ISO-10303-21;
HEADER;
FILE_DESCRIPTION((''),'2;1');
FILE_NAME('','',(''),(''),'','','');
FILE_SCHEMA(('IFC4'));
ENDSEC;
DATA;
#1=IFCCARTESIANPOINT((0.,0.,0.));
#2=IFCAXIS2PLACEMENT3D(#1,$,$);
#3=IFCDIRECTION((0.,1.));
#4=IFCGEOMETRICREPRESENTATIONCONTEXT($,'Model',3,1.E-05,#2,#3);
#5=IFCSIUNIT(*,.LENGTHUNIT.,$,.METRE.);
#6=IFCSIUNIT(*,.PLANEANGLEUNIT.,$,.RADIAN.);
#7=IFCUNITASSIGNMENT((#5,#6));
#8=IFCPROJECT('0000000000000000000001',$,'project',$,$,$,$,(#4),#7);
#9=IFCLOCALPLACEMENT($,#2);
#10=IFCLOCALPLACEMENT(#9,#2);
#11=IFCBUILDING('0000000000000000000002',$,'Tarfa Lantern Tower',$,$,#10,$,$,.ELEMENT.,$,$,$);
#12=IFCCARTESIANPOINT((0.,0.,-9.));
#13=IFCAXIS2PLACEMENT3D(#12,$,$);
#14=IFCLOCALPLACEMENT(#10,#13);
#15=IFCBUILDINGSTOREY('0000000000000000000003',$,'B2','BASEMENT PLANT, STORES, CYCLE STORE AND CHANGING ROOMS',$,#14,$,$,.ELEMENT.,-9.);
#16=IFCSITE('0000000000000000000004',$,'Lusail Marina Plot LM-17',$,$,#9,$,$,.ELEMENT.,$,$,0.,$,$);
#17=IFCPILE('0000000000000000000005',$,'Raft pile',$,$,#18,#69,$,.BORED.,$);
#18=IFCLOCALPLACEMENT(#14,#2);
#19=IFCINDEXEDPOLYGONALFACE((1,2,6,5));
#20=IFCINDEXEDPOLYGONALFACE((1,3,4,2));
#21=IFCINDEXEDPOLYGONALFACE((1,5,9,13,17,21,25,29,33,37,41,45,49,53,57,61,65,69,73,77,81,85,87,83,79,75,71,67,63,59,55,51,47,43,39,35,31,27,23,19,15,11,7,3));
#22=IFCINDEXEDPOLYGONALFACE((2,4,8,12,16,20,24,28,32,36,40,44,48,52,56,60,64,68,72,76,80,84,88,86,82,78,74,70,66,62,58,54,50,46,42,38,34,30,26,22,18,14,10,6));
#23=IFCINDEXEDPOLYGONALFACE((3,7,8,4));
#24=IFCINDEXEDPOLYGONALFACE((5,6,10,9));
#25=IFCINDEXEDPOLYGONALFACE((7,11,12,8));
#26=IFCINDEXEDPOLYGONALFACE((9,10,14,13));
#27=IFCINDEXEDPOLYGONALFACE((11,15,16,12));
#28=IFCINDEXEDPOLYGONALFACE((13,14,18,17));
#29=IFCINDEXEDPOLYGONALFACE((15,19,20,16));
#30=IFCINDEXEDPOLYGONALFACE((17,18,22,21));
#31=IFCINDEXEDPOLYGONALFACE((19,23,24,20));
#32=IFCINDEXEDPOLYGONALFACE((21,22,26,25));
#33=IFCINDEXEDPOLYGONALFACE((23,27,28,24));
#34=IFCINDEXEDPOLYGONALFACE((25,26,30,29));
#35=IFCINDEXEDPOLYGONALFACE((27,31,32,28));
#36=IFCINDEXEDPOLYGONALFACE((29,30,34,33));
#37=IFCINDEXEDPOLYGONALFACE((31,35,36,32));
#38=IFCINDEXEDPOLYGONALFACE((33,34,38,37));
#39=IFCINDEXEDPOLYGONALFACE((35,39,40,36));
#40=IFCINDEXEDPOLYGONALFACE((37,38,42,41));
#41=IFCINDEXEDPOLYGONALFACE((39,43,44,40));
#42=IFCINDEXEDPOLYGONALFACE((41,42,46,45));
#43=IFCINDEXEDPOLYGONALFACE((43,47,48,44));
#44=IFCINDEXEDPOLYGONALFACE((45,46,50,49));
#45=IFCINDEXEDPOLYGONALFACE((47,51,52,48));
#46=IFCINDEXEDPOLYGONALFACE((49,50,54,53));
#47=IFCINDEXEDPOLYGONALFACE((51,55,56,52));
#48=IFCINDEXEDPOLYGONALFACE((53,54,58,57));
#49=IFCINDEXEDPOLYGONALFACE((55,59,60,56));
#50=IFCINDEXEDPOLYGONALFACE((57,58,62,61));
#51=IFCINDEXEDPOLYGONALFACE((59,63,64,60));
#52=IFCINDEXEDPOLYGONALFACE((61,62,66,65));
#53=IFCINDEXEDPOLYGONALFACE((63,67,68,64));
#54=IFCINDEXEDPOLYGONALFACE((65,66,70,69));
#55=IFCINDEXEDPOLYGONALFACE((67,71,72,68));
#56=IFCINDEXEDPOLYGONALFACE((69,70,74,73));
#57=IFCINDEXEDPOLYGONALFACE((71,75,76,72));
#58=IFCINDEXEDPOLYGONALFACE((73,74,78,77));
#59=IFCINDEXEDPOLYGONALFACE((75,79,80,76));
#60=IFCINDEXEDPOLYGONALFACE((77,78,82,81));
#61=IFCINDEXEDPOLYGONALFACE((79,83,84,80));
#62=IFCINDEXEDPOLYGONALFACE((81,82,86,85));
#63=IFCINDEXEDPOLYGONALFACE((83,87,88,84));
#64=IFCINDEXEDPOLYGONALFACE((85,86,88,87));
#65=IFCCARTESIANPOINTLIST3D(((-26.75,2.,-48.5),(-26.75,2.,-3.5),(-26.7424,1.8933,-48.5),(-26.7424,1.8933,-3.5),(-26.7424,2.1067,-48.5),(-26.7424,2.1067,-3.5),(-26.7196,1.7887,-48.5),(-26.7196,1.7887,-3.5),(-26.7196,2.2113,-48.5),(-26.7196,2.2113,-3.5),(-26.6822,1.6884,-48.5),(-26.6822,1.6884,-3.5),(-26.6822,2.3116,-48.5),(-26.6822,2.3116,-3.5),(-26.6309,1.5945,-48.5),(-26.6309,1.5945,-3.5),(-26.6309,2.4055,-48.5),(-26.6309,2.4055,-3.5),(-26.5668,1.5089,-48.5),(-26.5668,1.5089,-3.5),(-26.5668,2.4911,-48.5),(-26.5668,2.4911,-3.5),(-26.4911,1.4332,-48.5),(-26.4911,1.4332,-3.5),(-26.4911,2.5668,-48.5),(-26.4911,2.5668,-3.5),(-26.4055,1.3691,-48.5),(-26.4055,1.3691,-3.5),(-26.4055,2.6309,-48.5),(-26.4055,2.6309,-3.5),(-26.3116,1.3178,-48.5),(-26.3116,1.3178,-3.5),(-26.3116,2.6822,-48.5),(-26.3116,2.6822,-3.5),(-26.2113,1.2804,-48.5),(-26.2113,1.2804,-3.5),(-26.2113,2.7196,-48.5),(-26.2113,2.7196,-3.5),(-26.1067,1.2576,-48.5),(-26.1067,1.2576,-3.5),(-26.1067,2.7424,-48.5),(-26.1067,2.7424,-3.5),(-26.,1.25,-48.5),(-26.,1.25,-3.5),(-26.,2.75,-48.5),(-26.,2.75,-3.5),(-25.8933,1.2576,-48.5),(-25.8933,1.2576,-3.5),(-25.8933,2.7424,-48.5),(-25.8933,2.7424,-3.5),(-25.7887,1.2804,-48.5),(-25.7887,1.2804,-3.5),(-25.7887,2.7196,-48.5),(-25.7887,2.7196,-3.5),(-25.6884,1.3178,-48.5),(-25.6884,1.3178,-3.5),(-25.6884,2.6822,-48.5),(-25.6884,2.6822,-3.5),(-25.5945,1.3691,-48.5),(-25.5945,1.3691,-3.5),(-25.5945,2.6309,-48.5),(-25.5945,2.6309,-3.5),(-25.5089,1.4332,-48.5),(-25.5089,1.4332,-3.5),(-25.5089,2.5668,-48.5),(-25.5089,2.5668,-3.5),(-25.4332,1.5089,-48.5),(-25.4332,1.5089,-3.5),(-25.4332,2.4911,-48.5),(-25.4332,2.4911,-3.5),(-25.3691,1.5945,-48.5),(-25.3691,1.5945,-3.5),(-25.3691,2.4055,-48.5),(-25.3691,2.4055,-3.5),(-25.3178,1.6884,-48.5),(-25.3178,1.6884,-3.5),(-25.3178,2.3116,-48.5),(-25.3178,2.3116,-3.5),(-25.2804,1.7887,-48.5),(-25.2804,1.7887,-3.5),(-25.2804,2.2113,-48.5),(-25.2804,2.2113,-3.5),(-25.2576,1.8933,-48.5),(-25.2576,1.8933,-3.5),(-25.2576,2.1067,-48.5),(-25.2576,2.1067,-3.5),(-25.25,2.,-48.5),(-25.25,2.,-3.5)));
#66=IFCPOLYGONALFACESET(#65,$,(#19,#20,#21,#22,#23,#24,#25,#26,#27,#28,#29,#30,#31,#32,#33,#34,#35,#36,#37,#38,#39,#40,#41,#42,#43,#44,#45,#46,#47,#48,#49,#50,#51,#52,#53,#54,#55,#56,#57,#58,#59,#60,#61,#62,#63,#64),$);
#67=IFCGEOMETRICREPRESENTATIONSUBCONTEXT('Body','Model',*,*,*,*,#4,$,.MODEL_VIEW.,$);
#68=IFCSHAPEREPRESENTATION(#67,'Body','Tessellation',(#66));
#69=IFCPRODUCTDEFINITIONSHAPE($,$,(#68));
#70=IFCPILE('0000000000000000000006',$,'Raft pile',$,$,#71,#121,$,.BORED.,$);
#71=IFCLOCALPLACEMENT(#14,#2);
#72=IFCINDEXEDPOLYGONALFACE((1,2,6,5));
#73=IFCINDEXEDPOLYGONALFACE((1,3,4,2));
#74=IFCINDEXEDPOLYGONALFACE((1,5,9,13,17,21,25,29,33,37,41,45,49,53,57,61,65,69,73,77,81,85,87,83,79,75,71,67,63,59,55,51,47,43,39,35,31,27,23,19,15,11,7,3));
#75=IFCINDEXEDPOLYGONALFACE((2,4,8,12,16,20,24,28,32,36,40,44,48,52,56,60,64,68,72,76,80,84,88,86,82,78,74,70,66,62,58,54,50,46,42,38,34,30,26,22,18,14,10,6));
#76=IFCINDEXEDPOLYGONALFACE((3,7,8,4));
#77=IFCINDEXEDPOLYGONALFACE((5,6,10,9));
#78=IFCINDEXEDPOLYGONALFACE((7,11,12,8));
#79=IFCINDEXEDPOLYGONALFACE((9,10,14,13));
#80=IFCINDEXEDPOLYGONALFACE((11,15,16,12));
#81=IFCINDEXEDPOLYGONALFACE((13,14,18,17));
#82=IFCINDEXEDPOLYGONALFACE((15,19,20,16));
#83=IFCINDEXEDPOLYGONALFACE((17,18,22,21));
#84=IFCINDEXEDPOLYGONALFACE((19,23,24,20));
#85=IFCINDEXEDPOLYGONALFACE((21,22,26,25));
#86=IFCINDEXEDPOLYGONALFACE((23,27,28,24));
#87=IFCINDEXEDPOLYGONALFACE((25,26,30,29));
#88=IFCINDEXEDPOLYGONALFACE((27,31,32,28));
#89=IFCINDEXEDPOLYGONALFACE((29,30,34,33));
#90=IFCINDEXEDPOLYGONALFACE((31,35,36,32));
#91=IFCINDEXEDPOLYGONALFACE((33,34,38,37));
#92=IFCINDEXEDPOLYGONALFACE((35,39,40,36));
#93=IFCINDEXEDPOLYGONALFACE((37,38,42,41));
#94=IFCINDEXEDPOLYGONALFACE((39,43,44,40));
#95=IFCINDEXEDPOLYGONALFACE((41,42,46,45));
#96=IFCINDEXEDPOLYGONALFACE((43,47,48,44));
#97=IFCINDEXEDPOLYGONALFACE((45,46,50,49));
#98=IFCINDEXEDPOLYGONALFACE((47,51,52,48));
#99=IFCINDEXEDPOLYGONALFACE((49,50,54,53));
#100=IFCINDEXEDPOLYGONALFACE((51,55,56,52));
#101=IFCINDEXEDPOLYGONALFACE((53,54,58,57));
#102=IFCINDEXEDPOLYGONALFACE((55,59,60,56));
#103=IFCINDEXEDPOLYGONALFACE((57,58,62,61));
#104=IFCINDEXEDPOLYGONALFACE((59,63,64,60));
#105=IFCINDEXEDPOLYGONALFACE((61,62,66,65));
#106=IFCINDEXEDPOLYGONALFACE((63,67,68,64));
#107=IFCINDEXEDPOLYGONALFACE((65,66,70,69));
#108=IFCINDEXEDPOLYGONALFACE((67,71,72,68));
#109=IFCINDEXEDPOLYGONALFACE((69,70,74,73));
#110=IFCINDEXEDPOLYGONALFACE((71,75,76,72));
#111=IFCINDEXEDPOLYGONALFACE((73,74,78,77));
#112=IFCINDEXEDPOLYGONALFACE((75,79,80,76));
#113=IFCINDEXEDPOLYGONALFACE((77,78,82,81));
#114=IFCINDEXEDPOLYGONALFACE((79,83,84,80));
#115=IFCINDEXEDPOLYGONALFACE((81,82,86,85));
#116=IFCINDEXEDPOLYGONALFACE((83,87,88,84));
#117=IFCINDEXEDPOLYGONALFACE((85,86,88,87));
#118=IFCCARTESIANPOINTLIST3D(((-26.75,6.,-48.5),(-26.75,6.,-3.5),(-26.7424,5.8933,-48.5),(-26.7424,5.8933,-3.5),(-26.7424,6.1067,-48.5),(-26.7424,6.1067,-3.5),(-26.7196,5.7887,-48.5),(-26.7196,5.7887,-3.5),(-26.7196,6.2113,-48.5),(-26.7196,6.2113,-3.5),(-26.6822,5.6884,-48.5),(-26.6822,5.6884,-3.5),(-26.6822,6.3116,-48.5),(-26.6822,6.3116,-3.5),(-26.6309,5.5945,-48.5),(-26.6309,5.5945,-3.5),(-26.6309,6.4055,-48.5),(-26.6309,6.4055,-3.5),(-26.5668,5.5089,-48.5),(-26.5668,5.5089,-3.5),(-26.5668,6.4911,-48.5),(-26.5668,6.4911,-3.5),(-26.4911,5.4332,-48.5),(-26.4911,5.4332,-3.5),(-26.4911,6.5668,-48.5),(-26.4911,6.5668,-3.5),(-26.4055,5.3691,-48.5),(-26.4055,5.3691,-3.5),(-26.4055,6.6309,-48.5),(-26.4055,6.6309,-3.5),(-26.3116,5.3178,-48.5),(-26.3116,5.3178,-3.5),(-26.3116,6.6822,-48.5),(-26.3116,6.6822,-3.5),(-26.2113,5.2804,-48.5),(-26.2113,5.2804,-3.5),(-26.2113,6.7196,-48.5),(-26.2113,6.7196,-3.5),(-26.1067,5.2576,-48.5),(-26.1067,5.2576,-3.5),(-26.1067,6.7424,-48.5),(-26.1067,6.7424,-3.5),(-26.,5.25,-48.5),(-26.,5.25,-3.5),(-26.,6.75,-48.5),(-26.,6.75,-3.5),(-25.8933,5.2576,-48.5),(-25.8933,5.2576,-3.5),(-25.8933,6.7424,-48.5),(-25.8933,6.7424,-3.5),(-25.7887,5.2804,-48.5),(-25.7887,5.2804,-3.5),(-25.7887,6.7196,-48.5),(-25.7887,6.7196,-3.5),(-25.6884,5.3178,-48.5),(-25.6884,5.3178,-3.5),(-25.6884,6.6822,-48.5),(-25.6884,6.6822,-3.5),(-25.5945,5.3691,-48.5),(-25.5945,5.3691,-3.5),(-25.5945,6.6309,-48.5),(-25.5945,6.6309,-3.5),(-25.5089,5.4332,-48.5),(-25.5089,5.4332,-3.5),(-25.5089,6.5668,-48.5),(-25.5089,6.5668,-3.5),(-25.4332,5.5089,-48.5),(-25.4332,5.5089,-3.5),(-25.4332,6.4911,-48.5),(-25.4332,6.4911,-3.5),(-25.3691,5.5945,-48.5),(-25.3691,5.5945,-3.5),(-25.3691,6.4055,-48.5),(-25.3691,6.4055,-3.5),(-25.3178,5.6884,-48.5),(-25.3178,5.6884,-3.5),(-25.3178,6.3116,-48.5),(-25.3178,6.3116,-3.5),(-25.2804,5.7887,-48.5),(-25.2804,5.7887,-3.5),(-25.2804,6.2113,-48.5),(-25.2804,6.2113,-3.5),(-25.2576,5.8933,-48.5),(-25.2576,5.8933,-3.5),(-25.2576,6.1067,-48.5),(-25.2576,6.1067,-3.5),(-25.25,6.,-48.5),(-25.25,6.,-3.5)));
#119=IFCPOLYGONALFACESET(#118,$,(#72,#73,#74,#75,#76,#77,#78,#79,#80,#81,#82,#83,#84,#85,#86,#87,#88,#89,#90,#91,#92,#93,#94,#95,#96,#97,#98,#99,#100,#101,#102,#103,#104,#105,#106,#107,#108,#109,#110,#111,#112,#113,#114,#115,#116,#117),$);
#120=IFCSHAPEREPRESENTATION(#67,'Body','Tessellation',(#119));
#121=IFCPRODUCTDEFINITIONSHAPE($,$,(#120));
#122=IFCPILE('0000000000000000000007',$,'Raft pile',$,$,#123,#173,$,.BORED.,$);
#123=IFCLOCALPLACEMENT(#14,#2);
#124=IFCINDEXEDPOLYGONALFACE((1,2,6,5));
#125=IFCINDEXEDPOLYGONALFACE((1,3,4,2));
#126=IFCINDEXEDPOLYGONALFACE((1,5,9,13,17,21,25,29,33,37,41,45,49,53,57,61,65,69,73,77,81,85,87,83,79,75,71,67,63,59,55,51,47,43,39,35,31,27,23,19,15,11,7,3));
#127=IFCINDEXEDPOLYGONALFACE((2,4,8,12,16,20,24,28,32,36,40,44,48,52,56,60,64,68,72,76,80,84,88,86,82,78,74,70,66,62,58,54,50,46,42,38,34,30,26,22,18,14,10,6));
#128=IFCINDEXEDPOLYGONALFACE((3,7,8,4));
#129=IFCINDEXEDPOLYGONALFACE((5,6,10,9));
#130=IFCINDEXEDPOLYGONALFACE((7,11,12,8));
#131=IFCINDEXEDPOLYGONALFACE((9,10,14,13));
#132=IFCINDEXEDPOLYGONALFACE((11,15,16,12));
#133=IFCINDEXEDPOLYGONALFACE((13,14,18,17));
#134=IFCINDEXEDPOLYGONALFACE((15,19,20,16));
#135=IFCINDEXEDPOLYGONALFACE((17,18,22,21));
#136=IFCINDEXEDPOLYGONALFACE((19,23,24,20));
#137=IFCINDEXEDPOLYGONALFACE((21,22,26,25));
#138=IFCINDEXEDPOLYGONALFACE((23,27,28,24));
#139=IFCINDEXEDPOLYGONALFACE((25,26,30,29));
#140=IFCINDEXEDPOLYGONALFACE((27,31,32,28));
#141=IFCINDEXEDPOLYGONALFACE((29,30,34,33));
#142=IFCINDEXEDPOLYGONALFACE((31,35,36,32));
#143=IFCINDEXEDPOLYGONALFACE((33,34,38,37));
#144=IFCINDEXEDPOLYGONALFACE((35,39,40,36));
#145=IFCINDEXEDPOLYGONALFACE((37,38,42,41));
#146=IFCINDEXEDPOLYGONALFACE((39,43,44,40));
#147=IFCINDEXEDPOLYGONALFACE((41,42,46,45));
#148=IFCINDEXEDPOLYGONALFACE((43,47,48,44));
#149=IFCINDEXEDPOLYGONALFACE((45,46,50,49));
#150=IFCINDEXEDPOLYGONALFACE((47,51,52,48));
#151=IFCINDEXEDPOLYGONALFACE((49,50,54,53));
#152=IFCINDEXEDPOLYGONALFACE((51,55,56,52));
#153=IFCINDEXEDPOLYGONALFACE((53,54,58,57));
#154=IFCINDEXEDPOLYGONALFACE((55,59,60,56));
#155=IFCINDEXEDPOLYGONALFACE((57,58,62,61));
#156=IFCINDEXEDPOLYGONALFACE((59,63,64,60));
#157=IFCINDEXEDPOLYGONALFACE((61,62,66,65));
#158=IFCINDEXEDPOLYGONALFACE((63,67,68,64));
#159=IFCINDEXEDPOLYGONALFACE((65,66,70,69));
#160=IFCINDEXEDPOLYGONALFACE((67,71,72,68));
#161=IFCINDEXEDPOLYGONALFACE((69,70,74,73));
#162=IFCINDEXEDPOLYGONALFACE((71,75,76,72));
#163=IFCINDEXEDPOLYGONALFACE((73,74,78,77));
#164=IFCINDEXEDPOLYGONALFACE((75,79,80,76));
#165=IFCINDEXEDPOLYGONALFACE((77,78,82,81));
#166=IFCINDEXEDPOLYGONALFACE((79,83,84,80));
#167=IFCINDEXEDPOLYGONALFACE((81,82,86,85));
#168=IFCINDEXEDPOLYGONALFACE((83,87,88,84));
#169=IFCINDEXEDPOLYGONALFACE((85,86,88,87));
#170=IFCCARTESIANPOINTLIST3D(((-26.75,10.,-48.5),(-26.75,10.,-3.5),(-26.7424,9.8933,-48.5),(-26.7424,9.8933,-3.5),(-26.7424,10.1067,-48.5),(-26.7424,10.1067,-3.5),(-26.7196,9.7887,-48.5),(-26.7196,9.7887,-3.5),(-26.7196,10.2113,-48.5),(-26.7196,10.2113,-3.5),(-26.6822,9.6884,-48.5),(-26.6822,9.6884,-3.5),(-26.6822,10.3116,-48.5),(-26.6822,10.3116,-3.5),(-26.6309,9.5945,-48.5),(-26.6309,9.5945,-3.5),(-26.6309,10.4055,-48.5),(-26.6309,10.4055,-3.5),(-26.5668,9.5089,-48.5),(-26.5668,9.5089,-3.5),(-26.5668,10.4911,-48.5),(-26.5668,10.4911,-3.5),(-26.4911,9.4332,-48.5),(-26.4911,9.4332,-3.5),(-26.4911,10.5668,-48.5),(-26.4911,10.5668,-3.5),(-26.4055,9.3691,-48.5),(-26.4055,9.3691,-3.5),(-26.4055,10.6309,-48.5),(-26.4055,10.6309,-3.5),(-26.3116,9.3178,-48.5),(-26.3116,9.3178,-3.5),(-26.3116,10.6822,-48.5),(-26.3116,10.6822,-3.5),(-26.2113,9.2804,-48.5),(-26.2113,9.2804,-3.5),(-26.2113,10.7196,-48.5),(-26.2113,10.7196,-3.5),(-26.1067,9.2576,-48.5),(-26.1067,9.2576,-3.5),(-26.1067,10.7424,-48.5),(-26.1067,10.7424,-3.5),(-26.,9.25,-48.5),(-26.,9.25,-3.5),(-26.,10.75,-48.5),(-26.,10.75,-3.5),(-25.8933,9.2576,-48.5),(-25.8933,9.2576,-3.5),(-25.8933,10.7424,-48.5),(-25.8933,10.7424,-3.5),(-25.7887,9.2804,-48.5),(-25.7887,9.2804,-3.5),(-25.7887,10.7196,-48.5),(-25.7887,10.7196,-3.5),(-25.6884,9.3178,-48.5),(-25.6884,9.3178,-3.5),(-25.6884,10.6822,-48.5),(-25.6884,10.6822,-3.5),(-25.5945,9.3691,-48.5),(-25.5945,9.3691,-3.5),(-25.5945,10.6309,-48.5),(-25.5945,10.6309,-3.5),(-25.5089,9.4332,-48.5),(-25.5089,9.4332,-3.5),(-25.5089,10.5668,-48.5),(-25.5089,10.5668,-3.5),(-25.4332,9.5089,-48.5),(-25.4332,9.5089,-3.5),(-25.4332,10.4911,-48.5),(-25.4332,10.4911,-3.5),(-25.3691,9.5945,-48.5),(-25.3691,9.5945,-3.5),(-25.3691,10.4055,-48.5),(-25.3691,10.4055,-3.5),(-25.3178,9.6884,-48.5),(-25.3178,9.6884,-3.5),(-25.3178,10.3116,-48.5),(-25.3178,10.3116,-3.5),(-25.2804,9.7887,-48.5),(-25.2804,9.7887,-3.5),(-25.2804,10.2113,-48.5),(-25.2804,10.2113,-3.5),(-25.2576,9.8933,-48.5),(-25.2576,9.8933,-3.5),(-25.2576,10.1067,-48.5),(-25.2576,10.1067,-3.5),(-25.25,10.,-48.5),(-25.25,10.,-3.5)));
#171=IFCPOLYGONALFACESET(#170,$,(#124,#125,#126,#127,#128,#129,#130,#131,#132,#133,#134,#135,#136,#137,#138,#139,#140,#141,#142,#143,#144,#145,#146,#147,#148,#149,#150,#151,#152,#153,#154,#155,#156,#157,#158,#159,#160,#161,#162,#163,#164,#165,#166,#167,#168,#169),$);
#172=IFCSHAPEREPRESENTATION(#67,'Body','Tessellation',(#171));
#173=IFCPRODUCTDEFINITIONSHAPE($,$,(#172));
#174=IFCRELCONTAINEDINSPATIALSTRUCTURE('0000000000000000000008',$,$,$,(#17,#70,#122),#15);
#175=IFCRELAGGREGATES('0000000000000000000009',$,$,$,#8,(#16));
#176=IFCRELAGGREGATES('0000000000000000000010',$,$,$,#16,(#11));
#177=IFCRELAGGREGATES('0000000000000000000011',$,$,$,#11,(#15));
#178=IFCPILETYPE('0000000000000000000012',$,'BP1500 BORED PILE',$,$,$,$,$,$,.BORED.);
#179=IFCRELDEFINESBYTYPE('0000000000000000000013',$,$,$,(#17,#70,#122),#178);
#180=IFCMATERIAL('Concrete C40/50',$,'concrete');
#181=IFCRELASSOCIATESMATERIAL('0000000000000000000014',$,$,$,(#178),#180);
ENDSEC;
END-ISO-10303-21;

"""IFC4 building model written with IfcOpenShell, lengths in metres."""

from ifc_helpers import new_model, si_unit, direction, frame, origin, origin_2d, place, context, subcontext, project, spatial, circle, extrude, material, material_profile, profile_set, type_object, element, save


model = new_model("IFC4")

# Units and contexts
model_context = context("Model", 3, precision=1e-05, world=origin(), true_north=direction((0.0, 1.0)))
body_context = subcontext(model_context, "Body", "Model", "MODEL_VIEW")
ifc_project = project(units=[si_unit("LENGTHUNIT", "METRE"), si_unit("PLANEANGLEUNIT", "RADIAN")], contexts=[model_context])

# Site, building, storey
site_placement = place(None, origin())
site = spatial("IfcSite", under=ifc_project, at=site_placement, Name="Lusail Marina Plot LM-17", CompositionType="ELEMENT", RefElevation=0.0)
building_placement = place(site_placement, origin())
building = spatial("IfcBuilding", under=site, at=building_placement, Name="Tarfa Lantern Tower", CompositionType="ELEMENT")
storey_placement = place(building_placement, frame((0.0, 0.0, -9.0)))
storey = spatial("IfcBuildingStorey", under=building, at=storey_placement, Name="B2", Description="BASEMENT PLANT, STORES, CYCLE STORE AND CHANGING ROOMS", CompositionType="ELEMENT", Elevation=-9.0)

# Piles
ifc_material_1 = material(Name="Concrete C40/50", Category="concrete")
ifc_material_profile = material_profile(ifc_material_1, circle(Radius=0.75, at=origin_2d()), Name="BORED PILE D1500")
ifc_profile_set = profile_set([ifc_material_profile], Name="Concrete C40/50")
pile_type = type_object("IfcPileType", Name="BP1500 BORED PILE", PredefinedType="BORED", material=ifc_profile_set)
for number, where, z_axis, x_axis, name in (
    (1, (-26.0, 2.0, -3.5), (0.0, 0.0, -1.0), (1.0, 0.0, 0.0), "Raft pile"),
    (2, (-26.0, 6.0, -3.5), (0.0, 0.0, -1.0), (1.0, 0.0, 0.0), "Raft pile"),
    (3, (-26.0, 10.0, -3.5), (0.0, 0.0, -1.0), (1.0, 0.0, 0.0), "Raft pile"),
):
    element("IfcPile", number, at=place(storey_placement, frame(where, z_axis=z_axis, x_axis=x_axis)), inside=storey, type_object=pile_type, Name=name, PredefinedType="BORED", context=body_context, shape_type="SweptSolid", body=[
        extrude(circle(Radius=0.75, at=origin_2d()), origin(), (0.0, 0.0, 1.0), 45.0),
    ])

save(model, "model.ifc")
